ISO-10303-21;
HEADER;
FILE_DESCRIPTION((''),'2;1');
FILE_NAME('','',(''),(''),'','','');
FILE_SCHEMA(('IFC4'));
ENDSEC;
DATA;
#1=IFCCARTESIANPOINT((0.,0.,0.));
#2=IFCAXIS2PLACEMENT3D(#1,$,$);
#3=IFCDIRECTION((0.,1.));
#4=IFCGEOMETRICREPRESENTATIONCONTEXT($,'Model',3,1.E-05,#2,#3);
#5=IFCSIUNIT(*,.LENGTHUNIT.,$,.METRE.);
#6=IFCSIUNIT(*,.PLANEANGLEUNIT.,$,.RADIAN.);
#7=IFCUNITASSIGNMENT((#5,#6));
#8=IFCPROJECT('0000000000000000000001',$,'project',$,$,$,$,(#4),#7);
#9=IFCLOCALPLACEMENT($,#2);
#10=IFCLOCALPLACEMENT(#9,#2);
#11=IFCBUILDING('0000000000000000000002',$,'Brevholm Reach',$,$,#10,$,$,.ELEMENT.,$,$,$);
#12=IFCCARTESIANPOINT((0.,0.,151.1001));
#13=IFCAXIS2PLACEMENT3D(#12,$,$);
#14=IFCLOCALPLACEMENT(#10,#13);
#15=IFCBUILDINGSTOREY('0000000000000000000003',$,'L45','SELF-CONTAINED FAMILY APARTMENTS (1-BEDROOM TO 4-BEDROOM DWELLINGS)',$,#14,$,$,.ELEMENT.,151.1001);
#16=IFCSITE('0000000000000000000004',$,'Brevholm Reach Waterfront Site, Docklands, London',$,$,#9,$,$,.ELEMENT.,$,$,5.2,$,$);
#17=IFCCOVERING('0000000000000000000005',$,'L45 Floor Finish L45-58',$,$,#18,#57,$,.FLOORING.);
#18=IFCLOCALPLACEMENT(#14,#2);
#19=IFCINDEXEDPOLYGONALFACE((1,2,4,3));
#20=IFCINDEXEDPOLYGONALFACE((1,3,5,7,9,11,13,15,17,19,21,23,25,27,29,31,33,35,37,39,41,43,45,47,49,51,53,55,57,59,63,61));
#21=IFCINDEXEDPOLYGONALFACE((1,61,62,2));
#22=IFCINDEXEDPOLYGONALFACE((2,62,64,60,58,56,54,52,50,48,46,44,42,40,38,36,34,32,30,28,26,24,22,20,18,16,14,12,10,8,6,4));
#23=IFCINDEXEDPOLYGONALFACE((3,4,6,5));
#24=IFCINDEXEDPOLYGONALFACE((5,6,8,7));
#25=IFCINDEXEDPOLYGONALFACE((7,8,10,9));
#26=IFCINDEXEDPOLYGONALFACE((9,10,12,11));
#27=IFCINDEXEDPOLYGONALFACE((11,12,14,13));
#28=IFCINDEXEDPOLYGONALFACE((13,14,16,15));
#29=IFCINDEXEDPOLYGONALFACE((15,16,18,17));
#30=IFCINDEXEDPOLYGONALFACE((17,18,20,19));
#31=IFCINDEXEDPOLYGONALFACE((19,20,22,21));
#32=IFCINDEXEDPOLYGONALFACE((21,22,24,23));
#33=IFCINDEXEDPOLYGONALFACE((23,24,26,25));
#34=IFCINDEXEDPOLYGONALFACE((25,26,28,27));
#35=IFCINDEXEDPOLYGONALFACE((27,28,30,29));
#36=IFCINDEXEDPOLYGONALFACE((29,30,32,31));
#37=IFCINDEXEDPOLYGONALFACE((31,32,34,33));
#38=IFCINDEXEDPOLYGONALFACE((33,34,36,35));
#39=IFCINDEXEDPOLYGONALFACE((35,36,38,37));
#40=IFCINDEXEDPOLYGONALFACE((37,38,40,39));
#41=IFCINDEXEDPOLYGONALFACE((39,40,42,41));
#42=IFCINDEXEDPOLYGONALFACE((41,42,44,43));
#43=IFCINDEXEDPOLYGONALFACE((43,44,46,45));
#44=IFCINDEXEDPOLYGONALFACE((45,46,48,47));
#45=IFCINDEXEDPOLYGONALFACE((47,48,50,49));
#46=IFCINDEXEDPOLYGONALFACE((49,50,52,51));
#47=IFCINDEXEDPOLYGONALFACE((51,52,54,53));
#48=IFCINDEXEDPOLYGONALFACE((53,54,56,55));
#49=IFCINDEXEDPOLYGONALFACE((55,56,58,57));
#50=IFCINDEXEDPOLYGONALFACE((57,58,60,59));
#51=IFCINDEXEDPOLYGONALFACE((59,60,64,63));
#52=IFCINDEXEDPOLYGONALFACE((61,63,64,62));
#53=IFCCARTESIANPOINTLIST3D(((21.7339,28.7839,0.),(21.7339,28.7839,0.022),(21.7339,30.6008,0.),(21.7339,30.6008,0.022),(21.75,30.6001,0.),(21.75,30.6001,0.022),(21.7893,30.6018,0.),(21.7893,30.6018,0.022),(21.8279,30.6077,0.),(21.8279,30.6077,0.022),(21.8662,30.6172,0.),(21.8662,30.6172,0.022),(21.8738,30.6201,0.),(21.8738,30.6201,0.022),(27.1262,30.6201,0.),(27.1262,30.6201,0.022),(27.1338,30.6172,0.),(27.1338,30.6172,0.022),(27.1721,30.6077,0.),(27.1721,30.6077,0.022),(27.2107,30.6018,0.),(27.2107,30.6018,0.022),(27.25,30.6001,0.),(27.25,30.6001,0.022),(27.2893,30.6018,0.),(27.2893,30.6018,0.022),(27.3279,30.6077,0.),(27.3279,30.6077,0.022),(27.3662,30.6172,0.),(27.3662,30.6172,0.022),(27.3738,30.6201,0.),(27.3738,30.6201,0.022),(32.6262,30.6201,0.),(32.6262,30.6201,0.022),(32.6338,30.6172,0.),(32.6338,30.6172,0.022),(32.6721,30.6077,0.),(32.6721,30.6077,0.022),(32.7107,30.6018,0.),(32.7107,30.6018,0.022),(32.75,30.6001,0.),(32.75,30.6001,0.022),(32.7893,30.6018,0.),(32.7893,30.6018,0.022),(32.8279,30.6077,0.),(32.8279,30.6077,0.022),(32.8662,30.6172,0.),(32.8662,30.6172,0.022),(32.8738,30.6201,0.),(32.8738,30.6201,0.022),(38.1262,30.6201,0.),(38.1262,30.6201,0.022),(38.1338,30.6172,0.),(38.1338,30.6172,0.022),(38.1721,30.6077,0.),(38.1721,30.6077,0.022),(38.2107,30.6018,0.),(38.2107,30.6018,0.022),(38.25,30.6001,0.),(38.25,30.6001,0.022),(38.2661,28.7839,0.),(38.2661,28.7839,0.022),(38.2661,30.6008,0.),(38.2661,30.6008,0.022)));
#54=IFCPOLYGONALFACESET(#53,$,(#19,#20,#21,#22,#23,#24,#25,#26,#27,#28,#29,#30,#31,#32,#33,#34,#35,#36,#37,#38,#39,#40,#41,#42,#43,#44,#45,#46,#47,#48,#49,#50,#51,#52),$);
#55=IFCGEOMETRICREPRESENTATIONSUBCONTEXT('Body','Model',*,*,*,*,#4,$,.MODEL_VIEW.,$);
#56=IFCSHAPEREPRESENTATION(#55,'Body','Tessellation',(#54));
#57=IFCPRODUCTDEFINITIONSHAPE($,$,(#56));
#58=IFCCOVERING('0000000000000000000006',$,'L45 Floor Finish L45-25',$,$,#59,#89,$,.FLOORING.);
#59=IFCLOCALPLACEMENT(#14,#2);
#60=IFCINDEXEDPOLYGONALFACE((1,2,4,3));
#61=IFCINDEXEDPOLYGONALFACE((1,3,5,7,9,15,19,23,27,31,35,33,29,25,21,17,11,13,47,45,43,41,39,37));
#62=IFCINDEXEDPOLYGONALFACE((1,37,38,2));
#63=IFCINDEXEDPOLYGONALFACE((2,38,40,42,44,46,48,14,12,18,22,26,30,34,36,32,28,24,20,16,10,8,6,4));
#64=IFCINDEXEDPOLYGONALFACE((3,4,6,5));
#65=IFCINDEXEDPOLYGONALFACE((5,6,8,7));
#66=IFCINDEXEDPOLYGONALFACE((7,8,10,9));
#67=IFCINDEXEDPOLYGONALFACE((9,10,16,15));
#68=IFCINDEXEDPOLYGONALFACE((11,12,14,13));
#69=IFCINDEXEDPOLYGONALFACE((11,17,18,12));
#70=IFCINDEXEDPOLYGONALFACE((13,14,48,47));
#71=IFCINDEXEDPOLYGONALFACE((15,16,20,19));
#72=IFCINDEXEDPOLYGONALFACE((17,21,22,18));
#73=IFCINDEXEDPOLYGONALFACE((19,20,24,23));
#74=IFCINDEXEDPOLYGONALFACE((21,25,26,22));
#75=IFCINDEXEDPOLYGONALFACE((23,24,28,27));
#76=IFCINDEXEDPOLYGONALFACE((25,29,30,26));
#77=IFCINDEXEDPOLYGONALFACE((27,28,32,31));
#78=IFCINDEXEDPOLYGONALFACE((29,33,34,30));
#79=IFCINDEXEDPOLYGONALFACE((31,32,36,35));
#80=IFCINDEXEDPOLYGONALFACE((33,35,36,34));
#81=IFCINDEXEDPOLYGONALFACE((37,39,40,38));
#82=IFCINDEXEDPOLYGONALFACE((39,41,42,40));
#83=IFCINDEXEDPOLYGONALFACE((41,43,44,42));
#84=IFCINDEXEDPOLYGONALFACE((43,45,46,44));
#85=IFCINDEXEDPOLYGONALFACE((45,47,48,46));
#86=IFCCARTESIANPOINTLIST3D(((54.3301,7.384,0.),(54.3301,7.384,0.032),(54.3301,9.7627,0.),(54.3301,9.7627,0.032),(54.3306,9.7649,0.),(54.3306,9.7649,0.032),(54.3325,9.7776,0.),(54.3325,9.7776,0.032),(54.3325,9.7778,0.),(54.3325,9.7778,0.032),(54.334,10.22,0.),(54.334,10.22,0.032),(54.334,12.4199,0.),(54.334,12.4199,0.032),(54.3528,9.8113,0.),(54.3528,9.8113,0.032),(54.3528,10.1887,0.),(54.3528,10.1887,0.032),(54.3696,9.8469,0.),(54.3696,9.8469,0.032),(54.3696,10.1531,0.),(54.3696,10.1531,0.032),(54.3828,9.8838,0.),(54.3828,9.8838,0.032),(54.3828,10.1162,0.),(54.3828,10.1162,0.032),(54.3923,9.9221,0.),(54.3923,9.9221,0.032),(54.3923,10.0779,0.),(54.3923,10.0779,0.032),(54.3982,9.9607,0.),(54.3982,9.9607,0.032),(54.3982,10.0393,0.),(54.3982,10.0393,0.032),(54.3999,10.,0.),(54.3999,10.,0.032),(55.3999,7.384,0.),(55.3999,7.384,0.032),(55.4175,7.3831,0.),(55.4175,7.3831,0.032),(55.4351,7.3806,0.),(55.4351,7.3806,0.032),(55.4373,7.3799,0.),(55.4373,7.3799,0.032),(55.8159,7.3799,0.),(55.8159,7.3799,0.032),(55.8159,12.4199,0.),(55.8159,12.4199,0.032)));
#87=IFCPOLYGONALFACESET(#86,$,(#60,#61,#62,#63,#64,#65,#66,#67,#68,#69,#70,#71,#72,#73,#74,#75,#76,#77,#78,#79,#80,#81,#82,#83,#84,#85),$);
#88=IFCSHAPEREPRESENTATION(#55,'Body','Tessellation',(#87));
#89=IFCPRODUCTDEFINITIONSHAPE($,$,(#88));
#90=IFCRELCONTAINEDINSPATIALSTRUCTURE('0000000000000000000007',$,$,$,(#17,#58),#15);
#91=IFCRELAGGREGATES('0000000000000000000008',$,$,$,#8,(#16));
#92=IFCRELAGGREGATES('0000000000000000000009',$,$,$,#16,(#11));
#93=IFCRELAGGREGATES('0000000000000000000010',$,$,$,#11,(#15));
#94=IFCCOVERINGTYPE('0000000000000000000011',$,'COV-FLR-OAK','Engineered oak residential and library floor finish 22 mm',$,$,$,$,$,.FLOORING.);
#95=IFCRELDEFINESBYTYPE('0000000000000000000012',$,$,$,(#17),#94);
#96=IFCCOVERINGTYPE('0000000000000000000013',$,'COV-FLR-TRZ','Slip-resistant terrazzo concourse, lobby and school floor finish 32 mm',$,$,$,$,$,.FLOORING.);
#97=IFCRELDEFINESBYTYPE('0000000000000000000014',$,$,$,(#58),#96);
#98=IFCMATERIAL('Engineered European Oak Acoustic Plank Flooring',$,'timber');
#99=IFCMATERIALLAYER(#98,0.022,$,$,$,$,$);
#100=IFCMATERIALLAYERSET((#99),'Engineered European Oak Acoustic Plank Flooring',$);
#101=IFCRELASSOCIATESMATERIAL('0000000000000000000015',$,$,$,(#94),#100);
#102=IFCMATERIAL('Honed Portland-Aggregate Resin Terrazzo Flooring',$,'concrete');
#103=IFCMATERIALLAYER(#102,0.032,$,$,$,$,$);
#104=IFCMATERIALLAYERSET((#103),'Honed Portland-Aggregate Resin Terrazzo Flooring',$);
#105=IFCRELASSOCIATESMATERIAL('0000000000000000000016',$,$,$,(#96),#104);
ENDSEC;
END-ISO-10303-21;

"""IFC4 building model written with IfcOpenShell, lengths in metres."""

from ifc_helpers import new_model, si_unit, direction, frame, origin, place, context, subcontext, project, spatial, polyline, outline, extrude, material, layer, layer_set, type_object, element, save


model = new_model("IFC4")

# Units and contexts
model_context = context("Model", 3, precision=1e-05, world=origin(), true_north=direction((0.0, 1.0)))
body_context = subcontext(model_context, "Body", "Model", "MODEL_VIEW")
ifc_project = project(units=[si_unit("LENGTHUNIT", "METRE"), si_unit("PLANEANGLEUNIT", "RADIAN")], contexts=[model_context])

# Site, building, storey
site_placement = place(None, origin())
site = spatial("IfcSite", under=ifc_project, at=site_placement, Name="Brevholm Reach Waterfront Site, Docklands, London", CompositionType="ELEMENT", RefElevation=5.2)
building_placement = place(site_placement, origin())
building = spatial("IfcBuilding", under=site, at=building_placement, Name="Brevholm Reach", CompositionType="ELEMENT")
storey_placement = place(building_placement, frame((0.0, 0.0, 151.1001)))
storey = spatial("IfcBuildingStorey", under=building, at=storey_placement, Name="L45", Description="SELF-CONTAINED FAMILY APARTMENTS (1-BEDROOM TO 4-BEDROOM DWELLINGS)", CompositionType="ELEMENT", Elevation=151.1001)

# Coverings
ifc_material_1 = material(Name="Engineered European Oak Acoustic Plank Flooring", Category="timber")
ifc_layer_1 = layer(ifc_material_1, 0.022)
ifc_layer_set_1 = layer_set([ifc_layer_1], Name="Engineered European Oak Acoustic Plank Flooring")
covering_type_1 = type_object("IfcCoveringType", Name="COV-FLR-OAK", Description="Engineered oak residential and library floor finish 22 mm", PredefinedType="FLOORING", material=ifc_layer_set_1)
covering_1_placement = place(storey_placement, origin())
element("IfcCovering", 1, at=covering_1_placement, inside=storey, type_object=covering_type_1, Name="L45 Floor Finish L45-58", PredefinedType="FLOORING", context=body_context, shape_type="SweptSolid", body=[
    extrude(outline(polyline([(27.1262, 30.6201), (27.1338, 30.6172), (27.1721, 30.6077), (27.2107, 30.6018), (27.25, 30.6001), (27.2893, 30.6018), (27.3279, 30.6077), (27.3662, 30.6172), (27.3738, 30.6201), (32.6262, 30.6201), (32.6338, 30.6172), (32.6721, 30.6077), (32.7107, 30.6018), (32.75, 30.6001), (32.7893, 30.6018), (32.8279, 30.6077), (32.8662, 30.6172), (32.8738, 30.6201), (38.1262, 30.6201), (38.1338, 30.6172), (38.1721, 30.6077), (38.2107, 30.6018), (38.25, 30.6001), (38.2661, 30.6008), (38.2661, 28.7839), (21.7339, 28.7839), (21.7339, 30.6008), (21.75, 30.6001), (21.7893, 30.6018), (21.8279, 30.6077), (21.8662, 30.6172), (21.8738, 30.6201), (27.1262, 30.6201)])), origin(), (0.0, 0.0, 1.0), 0.022),
])
ifc_material_2 = material(Name="Honed Portland-Aggregate Resin Terrazzo Flooring", Category="concrete")
ifc_layer_2 = layer(ifc_material_2, 0.032)
ifc_layer_set_2 = layer_set([ifc_layer_2], Name="Honed Portland-Aggregate Resin Terrazzo Flooring")
covering_type_2 = type_object("IfcCoveringType", Name="COV-FLR-TRZ", Description="Slip-resistant terrazzo concourse, lobby and school floor finish 32 mm", PredefinedType="FLOORING", material=ifc_layer_set_2)
covering_2_placement = place(storey_placement, origin())
element("IfcCovering", 2, at=covering_2_placement, inside=storey, type_object=covering_type_2, Name="L45 Floor Finish L45-25", PredefinedType="FLOORING", context=body_context, shape_type="SweptSolid", body=[
    extrude(outline(polyline([(54.3301, 9.7627), (54.3306, 9.7649), (54.3325, 9.7776), (54.3325, 9.7778), (54.3528, 9.8113), (54.3696, 9.8469), (54.3828, 9.8838), (54.3923, 9.9221), (54.3982, 9.9607), (54.3999, 10.0), (54.3982, 10.0393), (54.3923, 10.0779), (54.3828, 10.1162), (54.3696, 10.1531), (54.3528, 10.1887), (54.334, 10.22), (54.334, 12.4199), (55.8159, 12.4199), (55.8159, 7.3799), (55.4373, 7.3799), (55.4351, 7.3806), (55.4175, 7.3831), (55.3999, 7.384), (54.3301, 7.384), (54.3301, 9.7627)])), origin(), (0.0, 0.0, 1.0), 0.032),
])

save(model, "model.ifc")
